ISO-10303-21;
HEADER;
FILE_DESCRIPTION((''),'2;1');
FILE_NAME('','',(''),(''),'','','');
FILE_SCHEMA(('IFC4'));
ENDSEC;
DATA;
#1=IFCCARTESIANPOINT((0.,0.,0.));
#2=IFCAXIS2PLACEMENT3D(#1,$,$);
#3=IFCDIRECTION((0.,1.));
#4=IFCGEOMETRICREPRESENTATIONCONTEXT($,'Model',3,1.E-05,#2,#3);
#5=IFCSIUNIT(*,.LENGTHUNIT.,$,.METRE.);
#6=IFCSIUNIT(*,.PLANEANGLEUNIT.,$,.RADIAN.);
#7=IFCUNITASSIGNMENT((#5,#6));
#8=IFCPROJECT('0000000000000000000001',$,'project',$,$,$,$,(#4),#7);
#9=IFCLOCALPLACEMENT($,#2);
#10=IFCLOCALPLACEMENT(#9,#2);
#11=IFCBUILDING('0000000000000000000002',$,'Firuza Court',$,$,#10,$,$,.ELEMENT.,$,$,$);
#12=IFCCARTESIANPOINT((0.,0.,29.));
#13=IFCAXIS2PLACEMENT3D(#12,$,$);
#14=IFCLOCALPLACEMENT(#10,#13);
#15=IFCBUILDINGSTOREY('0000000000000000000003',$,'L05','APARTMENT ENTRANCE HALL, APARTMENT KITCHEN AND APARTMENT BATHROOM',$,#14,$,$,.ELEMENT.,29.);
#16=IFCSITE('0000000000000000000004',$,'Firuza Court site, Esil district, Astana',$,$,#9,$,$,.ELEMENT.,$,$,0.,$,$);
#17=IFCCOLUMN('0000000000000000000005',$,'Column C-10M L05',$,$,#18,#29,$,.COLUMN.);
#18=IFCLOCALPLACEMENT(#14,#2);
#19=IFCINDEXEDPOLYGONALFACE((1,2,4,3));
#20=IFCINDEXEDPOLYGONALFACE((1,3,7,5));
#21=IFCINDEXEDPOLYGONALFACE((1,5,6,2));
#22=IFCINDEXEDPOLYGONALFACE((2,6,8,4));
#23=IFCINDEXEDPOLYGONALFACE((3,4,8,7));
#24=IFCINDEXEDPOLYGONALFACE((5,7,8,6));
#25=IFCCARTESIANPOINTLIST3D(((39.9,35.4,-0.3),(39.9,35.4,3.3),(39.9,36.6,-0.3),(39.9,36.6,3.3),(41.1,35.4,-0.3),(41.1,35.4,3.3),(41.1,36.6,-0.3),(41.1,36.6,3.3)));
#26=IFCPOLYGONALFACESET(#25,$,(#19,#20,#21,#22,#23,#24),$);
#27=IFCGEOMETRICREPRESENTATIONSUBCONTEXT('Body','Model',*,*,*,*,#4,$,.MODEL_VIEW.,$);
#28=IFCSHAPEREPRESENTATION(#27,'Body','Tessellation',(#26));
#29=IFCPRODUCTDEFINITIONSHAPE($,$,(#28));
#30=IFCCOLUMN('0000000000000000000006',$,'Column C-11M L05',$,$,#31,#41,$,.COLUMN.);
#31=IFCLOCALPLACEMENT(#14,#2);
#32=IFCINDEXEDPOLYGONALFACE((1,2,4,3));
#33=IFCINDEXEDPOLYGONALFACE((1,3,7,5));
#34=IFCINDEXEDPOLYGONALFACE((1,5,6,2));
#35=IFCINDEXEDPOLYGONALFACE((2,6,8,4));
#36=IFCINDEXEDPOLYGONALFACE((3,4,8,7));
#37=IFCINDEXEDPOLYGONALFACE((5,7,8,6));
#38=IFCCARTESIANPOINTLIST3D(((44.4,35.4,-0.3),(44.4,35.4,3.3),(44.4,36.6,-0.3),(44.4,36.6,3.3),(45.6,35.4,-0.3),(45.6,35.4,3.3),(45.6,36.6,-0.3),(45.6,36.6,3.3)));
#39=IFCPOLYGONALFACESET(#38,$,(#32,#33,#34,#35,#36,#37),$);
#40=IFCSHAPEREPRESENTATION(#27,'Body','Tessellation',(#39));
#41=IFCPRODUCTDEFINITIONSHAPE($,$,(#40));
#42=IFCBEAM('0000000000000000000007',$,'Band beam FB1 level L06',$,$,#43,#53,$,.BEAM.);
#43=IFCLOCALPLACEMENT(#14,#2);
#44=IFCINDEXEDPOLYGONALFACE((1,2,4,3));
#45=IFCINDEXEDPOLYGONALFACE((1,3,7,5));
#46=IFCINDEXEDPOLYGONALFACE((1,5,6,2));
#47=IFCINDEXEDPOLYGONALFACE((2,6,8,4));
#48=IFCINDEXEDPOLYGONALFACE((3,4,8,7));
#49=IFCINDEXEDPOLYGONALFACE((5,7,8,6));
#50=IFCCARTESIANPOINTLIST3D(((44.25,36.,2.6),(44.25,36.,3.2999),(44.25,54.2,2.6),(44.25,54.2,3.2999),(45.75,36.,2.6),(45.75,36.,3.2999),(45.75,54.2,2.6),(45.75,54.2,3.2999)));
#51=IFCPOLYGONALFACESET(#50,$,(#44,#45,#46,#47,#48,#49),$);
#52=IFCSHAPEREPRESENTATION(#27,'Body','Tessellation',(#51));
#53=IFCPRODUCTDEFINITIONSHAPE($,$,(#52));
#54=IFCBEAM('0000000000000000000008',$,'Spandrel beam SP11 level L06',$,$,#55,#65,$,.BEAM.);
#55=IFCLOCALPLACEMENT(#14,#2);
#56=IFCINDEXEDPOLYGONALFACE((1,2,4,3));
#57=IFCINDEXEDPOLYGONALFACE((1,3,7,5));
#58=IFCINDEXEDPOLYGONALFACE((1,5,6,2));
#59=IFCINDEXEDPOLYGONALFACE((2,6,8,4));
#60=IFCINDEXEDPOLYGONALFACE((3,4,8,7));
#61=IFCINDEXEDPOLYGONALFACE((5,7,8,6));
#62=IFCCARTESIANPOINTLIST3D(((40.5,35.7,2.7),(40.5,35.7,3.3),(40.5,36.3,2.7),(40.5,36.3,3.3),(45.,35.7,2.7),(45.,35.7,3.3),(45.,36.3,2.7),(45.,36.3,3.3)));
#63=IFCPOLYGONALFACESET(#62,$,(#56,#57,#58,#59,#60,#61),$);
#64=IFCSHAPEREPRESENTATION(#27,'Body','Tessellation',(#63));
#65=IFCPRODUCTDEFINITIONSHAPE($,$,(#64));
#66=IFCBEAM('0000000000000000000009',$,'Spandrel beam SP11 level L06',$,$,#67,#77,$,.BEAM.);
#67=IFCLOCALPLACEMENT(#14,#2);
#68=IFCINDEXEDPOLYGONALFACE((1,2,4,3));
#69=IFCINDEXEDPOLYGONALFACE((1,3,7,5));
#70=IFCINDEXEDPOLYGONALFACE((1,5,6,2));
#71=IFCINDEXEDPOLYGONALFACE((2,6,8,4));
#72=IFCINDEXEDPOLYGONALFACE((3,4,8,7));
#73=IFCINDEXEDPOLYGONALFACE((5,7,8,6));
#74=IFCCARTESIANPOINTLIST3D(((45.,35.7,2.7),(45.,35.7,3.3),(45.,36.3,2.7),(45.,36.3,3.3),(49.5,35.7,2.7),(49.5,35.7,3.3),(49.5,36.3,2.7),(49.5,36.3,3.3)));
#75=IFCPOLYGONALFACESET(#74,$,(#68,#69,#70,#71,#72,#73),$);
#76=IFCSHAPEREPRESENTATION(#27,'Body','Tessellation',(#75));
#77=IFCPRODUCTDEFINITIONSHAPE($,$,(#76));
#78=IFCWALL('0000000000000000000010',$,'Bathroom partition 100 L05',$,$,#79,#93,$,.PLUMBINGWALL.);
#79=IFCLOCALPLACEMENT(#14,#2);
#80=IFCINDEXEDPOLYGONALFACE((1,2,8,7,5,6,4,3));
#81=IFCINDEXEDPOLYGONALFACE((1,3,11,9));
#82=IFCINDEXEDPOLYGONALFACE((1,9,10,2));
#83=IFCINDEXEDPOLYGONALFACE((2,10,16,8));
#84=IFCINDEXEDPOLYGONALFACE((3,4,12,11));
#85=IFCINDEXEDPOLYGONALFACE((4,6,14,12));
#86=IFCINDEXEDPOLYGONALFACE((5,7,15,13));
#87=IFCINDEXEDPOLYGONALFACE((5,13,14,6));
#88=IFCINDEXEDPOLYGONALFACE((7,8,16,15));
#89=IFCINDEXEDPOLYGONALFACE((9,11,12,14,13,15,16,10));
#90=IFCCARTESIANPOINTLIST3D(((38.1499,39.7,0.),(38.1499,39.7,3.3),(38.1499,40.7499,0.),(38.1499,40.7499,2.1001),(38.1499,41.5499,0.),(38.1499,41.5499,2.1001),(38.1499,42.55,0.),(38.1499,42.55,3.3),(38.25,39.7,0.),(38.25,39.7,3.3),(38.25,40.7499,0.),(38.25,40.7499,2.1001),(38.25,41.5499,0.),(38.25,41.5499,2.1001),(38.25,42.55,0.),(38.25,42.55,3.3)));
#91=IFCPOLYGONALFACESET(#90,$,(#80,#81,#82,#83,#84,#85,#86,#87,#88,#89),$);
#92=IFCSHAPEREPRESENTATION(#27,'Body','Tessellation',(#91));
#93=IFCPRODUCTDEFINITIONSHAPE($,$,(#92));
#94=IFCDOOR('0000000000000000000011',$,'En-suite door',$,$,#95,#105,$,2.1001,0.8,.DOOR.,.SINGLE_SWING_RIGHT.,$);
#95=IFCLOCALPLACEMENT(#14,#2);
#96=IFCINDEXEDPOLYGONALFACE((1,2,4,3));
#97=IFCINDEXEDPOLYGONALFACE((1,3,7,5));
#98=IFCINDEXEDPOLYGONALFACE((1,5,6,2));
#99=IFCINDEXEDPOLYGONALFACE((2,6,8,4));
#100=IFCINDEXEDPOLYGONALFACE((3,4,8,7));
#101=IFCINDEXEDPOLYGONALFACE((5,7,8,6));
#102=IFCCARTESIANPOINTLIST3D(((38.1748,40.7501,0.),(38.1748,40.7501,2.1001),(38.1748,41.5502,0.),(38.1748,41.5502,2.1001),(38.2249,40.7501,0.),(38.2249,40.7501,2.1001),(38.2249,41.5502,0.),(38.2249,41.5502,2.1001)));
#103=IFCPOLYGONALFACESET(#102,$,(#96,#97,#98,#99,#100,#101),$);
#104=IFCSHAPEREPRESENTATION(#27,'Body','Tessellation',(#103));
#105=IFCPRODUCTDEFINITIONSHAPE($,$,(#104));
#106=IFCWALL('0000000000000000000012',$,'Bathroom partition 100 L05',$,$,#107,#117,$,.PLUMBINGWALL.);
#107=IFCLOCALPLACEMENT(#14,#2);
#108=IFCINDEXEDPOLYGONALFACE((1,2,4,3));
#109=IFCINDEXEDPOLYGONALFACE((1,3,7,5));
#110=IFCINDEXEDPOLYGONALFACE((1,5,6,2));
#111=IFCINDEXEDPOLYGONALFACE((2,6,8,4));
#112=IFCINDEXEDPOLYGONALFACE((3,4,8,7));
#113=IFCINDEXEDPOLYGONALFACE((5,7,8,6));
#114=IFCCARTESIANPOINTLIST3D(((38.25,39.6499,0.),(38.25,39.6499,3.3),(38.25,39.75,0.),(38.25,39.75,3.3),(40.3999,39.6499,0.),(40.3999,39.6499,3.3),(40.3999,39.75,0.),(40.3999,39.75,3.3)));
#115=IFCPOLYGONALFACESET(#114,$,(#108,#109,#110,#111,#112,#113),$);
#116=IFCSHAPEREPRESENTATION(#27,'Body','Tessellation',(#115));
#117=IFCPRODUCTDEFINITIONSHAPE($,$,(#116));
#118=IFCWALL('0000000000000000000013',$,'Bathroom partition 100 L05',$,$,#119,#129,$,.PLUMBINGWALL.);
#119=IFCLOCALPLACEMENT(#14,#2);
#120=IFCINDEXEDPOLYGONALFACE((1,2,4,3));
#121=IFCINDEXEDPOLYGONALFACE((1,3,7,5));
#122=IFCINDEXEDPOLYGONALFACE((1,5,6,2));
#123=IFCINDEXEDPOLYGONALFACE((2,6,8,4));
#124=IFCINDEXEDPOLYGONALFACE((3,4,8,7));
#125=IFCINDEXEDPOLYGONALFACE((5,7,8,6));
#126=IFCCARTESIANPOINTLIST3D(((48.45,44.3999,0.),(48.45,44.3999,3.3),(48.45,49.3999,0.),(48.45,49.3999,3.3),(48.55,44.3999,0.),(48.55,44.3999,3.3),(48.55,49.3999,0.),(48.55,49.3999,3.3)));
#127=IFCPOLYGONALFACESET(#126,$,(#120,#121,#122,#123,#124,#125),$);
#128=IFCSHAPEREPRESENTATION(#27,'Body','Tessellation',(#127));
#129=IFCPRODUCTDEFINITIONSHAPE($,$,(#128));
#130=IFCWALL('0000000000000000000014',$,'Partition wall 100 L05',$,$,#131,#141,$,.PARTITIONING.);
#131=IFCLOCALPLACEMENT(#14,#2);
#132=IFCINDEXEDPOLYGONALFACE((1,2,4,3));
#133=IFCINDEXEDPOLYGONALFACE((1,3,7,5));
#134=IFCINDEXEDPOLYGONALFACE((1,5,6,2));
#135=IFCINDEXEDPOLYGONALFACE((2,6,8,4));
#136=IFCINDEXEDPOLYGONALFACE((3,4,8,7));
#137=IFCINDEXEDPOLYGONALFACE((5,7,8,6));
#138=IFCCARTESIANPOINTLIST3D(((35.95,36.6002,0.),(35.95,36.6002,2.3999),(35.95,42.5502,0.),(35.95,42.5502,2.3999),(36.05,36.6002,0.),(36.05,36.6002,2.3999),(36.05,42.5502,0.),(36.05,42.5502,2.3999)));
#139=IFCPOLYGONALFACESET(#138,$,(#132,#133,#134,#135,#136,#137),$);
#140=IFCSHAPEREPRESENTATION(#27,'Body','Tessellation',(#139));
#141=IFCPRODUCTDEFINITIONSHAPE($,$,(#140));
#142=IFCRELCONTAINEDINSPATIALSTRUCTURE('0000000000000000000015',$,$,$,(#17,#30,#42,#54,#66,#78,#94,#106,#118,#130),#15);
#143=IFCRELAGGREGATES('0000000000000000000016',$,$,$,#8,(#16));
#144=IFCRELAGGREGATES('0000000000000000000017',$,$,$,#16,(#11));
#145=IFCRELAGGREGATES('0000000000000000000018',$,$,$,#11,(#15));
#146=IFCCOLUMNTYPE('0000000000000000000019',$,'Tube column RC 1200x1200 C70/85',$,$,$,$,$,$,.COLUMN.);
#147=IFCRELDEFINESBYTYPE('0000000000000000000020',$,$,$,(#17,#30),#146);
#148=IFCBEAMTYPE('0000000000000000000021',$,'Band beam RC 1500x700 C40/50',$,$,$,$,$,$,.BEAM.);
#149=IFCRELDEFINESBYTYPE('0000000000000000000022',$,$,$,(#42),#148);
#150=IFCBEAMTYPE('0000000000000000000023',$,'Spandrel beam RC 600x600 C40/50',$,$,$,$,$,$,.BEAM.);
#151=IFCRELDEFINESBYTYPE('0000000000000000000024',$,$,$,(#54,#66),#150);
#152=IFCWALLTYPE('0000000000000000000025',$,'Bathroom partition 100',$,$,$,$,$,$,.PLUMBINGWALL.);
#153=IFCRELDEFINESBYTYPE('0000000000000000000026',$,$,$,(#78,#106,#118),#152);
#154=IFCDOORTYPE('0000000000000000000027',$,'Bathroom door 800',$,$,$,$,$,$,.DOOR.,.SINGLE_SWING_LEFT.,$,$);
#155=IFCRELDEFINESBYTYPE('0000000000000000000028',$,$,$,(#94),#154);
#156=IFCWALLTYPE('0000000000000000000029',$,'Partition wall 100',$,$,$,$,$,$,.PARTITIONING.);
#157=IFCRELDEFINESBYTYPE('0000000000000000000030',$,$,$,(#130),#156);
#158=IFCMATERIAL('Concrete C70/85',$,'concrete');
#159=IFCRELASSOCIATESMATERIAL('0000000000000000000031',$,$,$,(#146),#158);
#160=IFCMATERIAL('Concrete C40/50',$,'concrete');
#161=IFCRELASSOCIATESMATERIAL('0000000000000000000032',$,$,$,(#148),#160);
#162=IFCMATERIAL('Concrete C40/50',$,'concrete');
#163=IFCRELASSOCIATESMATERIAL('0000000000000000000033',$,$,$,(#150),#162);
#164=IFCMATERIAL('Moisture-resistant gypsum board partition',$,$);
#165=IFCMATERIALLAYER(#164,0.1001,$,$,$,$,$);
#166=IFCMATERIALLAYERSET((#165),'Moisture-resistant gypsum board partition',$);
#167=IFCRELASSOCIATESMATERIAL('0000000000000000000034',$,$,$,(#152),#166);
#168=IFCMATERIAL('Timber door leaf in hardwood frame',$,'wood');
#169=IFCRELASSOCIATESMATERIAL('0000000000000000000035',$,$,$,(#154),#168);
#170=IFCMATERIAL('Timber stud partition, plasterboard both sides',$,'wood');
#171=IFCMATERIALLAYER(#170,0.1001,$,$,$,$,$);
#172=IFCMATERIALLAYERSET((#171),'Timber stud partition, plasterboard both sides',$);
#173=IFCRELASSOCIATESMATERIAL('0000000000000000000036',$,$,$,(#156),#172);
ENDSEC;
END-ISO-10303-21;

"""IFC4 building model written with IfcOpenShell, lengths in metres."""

from ifc_helpers import new_model, si_unit, direction, frame, frame_2d, origin, origin_2d, place, context, subcontext, project, spatial, rectangle, extrude, material, layer, layer_set, material_profile, profile_set, type_object, element, fill, save


model = new_model("IFC4")

# Units and contexts
model_context = context("Model", 3, precision=1e-05, world=origin(), true_north=direction((0.0, 1.0)))
body_context = subcontext(model_context, "Body", "Model", "MODEL_VIEW")
ifc_project = project(units=[si_unit("LENGTHUNIT", "METRE"), si_unit("PLANEANGLEUNIT", "RADIAN")], contexts=[model_context])

# Site, building, storey
site_placement = place(None, origin())
site = spatial("IfcSite", under=ifc_project, at=site_placement, Name="Firuza Court site, Esil district, Astana", CompositionType="ELEMENT", RefElevation=0.0)
building_placement = place(site_placement, origin())
building = spatial("IfcBuilding", under=site, at=building_placement, Name="Firuza Court", CompositionType="ELEMENT")
storey_placement = place(building_placement, frame((0.0, 0.0, 29.0)))
storey = spatial("IfcBuildingStorey", under=building, at=storey_placement, Name="L05", Description="APARTMENT ENTRANCE HALL, APARTMENT KITCHEN AND APARTMENT BATHROOM", CompositionType="ELEMENT", Elevation=29.0)

# Columns
ifc_material_1 = material(Name="Concrete C70/85", Category="concrete")
ifc_material_profile_1 = material_profile(ifc_material_1, rectangle(XDim=1.2, YDim=1.2, at=origin_2d()), Name="RC 1200x1200")
ifc_profile_set_1 = profile_set([ifc_material_profile_1], Name="Concrete C70/85")
column_type = type_object("IfcColumnType", Name="Tube column RC 1200x1200 C70/85", PredefinedType="COLUMN", material=ifc_profile_set_1)
for number, where, z_axis, x_axis, name in (
    (1, (40.5, 36.0, -0.3), (0.0, 0.0, 1.0), (1.0, 0.0, 0.0), "Column C-10M L05"),
    (2, (45.0, 36.0, -0.3), (0.0, 0.0, 1.0), (1.0, 0.0, 0.0), "Column C-11M L05"),
):
    element("IfcColumn", number, at=place(storey_placement, frame(where, z_axis=z_axis, x_axis=x_axis)), inside=storey, type_object=column_type, Name=name, PredefinedType="COLUMN", context=body_context, shape_type="SweptSolid", body=[
        extrude(rectangle(XDim=1.2, YDim=1.2, at=origin_2d()), origin(), (0.0, 0.0, 1.0), 3.6001),
    ])

# Beams
ifc_material_2 = material(Name="Concrete C40/50", Category="concrete")
ifc_material_profile_2 = material_profile(ifc_material_2, rectangle(XDim=1.5, YDim=0.7, at=origin_2d()), Name="RC 1500x700")
ifc_profile_set_2 = profile_set([ifc_material_profile_2], Name="Concrete C40/50")
beam_type_1 = type_object("IfcBeamType", Name="Band beam RC 1500x700 C40/50", PredefinedType="BEAM", material=ifc_profile_set_2)
beam_placement = place(storey_placement, frame((45.0, 36.0, 2.95), z_axis=(0.0, 1.0, 0.0), x_axis=(-1.0, 0.0, 0.0)))
element("IfcBeam", 3, at=beam_placement, inside=storey, type_object=beam_type_1, Name="Band beam FB1 level L06", PredefinedType="BEAM", context=body_context, shape_type="SweptSolid", body=[
    extrude(rectangle(XDim=1.5, YDim=0.7, at=origin_2d()), origin(), (0.0, 0.0, 1.0), 18.2),
])
ifc_material_3 = material(Name="Concrete C40/50", Category="concrete")
ifc_material_profile_3 = material_profile(ifc_material_3, rectangle(XDim=0.6001, YDim=0.6001, at=origin_2d()), Name="RC 600x600")
ifc_profile_set_3 = profile_set([ifc_material_profile_3], Name="Concrete C40/50")
beam_type_2 = type_object("IfcBeamType", Name="Spandrel beam RC 600x600 C40/50", PredefinedType="BEAM", material=ifc_profile_set_3)
for number, where, z_axis, x_axis, name in (
    (4, (40.5, 36.0, 3.0), (1.0, 0.0, 0.0), (0.0, 1.0, 0.0), "Spandrel beam SP11 level L06"),
    (5, (45.0, 36.0, 3.0), (1.0, 0.0, 0.0), (0.0, 1.0, 0.0), "Spandrel beam SP11 level L06"),
):
    element("IfcBeam", number, at=place(storey_placement, frame(where, z_axis=z_axis, x_axis=x_axis)), inside=storey, type_object=beam_type_2, Name=name, PredefinedType="BEAM", context=body_context, shape_type="SweptSolid", body=[
        extrude(rectangle(XDim=0.6001, YDim=0.6001, at=origin_2d()), origin(), (0.0, 0.0, 1.0), 4.5),
    ])

# Wall, opening, door
ifc_material_4 = material(Name="Moisture-resistant gypsum board partition")
ifc_layer_1 = layer(ifc_material_4, 0.1001)
ifc_layer_set_1 = layer_set([ifc_layer_1], Name="Moisture-resistant gypsum board partition")
wall_type_1 = type_object("IfcWallType", Name="Bathroom partition 100", PredefinedType="PLUMBINGWALL", material=ifc_layer_set_1)
wall_1_placement = place(storey_placement, frame((38.2, 39.7, 0.0), z_axis=(0.0, 0.0, 1.0), x_axis=(0.0, 1.0, 0.0)))
wall_1 = element("IfcWall", 6, at=wall_1_placement, inside=storey, type_object=wall_type_1, Name="Bathroom partition 100 L05", PredefinedType="PLUMBINGWALL", context=body_context, shape_type="SweptSolid", body=[
    extrude(rectangle(XDim=2.8501, YDim=0.1001, at=frame_2d((1.425, 0.0))), origin(), (0.0, 0.0, 1.0), 3.3),
])
opening_1_placement = place(wall_1_placement, frame((1.05, 0.0, 0.0)))
opening_1 = element("IfcOpeningElement", 7, at=opening_1_placement, cuts=wall_1, PredefinedType="OPENING", context=body_context, shape_type="SweptSolid", body=[
    extrude(rectangle(XDim=0.8, YDim=2.1001, at=frame_2d((0.3999, 1.05))), frame((0.0, 0.062, 0.0), z_axis=(0.0, -1.0, 0.0), x_axis=(1.0, 0.0, 0.0)), (0.0, 0.0, 1.0), 0.124),
])
ifc_material_5 = material(Name="Timber door leaf in hardwood frame", Category="wood")
door_type_1 = type_object("IfcDoorType", Name="Bathroom door 800", OperationType="SINGLE_SWING_LEFT", PredefinedType="DOOR", material=ifc_material_5)
door_1_placement = place(opening_1_placement, frame((0.8, 0.0, 0.0), z_axis=(0.0, 0.0, 1.0), x_axis=(-1.0, 0.0, 0.0)))
door_1 = element("IfcDoor", 8, at=door_1_placement, inside=storey, type_object=door_type_1, Name="En-suite door", OperationType="SINGLE_SWING_RIGHT", OverallHeight=2.1001, OverallWidth=0.8, PredefinedType="DOOR", context=body_context, shape_type="SweptSolid", body=[
    extrude(rectangle(XDim=0.8, YDim=2.1001, at=frame_2d((0.3999, 1.05))), frame((0.0, 0.0249, 0.0), z_axis=(0.0, -1.0, 0.0), x_axis=(1.0, 0.0, 0.0)), (0.0, 0.0, 1.0), 0.05),
])
fill(opening_1, door_1)

# Walls
wall_2_placement = place(storey_placement, frame((38.25, 39.7, 0.0), z_axis=(0.0, 0.0, 1.0), x_axis=(1.0, 0.0, 0.0)))
element("IfcWall", 9, at=wall_2_placement, inside=storey, type_object=wall_type_1, Name="Bathroom partition 100 L05", PredefinedType="PLUMBINGWALL", context=body_context, shape_type="SweptSolid", body=[
    extrude(rectangle(XDim=2.1499, YDim=0.1001, at=frame_2d((1.075, 0.0))), origin(), (0.0, 0.0, 1.0), 3.3),
])
wall_3_placement = place(storey_placement, frame((48.5, 44.3999, 0.0), z_axis=(0.0, 0.0, 1.0), x_axis=(0.0, 1.0, 0.0)))
element("IfcWall", 10, at=wall_3_placement, inside=storey, type_object=wall_type_1, Name="Bathroom partition 100 L05", PredefinedType="PLUMBINGWALL", context=body_context, shape_type="SweptSolid", body=[
    extrude(rectangle(XDim=5.0, YDim=0.1001, at=frame_2d((2.5, 0.0))), origin(), (0.0, 0.0, 1.0), 3.3),
])
ifc_material_6 = material(Name="Timber stud partition, plasterboard both sides", Category="wood")
ifc_layer_2 = layer(ifc_material_6, 0.1001)
ifc_layer_set_2 = layer_set([ifc_layer_2], Name="Timber stud partition, plasterboard both sides")
wall_type_2 = type_object("IfcWallType", Name="Partition wall 100", PredefinedType="PARTITIONING", material=ifc_layer_set_2)
wall_4_placement = place(storey_placement, frame((36.0, 36.6001, 0.0), z_axis=(0.0, 0.0, 1.0), x_axis=(0.0, 1.0, 0.0)))
element("IfcWall", 11, at=wall_4_placement, inside=storey, type_object=wall_type_2, Name="Partition wall 100 L05", PredefinedType="PARTITIONING", context=body_context, shape_type="SweptSolid", body=[
    extrude(rectangle(XDim=5.95, YDim=0.1001, at=frame_2d((2.9751, 0.0))), origin(), (0.0, 0.0, 1.0), 2.3999),
])

save(model, "model.ifc")
